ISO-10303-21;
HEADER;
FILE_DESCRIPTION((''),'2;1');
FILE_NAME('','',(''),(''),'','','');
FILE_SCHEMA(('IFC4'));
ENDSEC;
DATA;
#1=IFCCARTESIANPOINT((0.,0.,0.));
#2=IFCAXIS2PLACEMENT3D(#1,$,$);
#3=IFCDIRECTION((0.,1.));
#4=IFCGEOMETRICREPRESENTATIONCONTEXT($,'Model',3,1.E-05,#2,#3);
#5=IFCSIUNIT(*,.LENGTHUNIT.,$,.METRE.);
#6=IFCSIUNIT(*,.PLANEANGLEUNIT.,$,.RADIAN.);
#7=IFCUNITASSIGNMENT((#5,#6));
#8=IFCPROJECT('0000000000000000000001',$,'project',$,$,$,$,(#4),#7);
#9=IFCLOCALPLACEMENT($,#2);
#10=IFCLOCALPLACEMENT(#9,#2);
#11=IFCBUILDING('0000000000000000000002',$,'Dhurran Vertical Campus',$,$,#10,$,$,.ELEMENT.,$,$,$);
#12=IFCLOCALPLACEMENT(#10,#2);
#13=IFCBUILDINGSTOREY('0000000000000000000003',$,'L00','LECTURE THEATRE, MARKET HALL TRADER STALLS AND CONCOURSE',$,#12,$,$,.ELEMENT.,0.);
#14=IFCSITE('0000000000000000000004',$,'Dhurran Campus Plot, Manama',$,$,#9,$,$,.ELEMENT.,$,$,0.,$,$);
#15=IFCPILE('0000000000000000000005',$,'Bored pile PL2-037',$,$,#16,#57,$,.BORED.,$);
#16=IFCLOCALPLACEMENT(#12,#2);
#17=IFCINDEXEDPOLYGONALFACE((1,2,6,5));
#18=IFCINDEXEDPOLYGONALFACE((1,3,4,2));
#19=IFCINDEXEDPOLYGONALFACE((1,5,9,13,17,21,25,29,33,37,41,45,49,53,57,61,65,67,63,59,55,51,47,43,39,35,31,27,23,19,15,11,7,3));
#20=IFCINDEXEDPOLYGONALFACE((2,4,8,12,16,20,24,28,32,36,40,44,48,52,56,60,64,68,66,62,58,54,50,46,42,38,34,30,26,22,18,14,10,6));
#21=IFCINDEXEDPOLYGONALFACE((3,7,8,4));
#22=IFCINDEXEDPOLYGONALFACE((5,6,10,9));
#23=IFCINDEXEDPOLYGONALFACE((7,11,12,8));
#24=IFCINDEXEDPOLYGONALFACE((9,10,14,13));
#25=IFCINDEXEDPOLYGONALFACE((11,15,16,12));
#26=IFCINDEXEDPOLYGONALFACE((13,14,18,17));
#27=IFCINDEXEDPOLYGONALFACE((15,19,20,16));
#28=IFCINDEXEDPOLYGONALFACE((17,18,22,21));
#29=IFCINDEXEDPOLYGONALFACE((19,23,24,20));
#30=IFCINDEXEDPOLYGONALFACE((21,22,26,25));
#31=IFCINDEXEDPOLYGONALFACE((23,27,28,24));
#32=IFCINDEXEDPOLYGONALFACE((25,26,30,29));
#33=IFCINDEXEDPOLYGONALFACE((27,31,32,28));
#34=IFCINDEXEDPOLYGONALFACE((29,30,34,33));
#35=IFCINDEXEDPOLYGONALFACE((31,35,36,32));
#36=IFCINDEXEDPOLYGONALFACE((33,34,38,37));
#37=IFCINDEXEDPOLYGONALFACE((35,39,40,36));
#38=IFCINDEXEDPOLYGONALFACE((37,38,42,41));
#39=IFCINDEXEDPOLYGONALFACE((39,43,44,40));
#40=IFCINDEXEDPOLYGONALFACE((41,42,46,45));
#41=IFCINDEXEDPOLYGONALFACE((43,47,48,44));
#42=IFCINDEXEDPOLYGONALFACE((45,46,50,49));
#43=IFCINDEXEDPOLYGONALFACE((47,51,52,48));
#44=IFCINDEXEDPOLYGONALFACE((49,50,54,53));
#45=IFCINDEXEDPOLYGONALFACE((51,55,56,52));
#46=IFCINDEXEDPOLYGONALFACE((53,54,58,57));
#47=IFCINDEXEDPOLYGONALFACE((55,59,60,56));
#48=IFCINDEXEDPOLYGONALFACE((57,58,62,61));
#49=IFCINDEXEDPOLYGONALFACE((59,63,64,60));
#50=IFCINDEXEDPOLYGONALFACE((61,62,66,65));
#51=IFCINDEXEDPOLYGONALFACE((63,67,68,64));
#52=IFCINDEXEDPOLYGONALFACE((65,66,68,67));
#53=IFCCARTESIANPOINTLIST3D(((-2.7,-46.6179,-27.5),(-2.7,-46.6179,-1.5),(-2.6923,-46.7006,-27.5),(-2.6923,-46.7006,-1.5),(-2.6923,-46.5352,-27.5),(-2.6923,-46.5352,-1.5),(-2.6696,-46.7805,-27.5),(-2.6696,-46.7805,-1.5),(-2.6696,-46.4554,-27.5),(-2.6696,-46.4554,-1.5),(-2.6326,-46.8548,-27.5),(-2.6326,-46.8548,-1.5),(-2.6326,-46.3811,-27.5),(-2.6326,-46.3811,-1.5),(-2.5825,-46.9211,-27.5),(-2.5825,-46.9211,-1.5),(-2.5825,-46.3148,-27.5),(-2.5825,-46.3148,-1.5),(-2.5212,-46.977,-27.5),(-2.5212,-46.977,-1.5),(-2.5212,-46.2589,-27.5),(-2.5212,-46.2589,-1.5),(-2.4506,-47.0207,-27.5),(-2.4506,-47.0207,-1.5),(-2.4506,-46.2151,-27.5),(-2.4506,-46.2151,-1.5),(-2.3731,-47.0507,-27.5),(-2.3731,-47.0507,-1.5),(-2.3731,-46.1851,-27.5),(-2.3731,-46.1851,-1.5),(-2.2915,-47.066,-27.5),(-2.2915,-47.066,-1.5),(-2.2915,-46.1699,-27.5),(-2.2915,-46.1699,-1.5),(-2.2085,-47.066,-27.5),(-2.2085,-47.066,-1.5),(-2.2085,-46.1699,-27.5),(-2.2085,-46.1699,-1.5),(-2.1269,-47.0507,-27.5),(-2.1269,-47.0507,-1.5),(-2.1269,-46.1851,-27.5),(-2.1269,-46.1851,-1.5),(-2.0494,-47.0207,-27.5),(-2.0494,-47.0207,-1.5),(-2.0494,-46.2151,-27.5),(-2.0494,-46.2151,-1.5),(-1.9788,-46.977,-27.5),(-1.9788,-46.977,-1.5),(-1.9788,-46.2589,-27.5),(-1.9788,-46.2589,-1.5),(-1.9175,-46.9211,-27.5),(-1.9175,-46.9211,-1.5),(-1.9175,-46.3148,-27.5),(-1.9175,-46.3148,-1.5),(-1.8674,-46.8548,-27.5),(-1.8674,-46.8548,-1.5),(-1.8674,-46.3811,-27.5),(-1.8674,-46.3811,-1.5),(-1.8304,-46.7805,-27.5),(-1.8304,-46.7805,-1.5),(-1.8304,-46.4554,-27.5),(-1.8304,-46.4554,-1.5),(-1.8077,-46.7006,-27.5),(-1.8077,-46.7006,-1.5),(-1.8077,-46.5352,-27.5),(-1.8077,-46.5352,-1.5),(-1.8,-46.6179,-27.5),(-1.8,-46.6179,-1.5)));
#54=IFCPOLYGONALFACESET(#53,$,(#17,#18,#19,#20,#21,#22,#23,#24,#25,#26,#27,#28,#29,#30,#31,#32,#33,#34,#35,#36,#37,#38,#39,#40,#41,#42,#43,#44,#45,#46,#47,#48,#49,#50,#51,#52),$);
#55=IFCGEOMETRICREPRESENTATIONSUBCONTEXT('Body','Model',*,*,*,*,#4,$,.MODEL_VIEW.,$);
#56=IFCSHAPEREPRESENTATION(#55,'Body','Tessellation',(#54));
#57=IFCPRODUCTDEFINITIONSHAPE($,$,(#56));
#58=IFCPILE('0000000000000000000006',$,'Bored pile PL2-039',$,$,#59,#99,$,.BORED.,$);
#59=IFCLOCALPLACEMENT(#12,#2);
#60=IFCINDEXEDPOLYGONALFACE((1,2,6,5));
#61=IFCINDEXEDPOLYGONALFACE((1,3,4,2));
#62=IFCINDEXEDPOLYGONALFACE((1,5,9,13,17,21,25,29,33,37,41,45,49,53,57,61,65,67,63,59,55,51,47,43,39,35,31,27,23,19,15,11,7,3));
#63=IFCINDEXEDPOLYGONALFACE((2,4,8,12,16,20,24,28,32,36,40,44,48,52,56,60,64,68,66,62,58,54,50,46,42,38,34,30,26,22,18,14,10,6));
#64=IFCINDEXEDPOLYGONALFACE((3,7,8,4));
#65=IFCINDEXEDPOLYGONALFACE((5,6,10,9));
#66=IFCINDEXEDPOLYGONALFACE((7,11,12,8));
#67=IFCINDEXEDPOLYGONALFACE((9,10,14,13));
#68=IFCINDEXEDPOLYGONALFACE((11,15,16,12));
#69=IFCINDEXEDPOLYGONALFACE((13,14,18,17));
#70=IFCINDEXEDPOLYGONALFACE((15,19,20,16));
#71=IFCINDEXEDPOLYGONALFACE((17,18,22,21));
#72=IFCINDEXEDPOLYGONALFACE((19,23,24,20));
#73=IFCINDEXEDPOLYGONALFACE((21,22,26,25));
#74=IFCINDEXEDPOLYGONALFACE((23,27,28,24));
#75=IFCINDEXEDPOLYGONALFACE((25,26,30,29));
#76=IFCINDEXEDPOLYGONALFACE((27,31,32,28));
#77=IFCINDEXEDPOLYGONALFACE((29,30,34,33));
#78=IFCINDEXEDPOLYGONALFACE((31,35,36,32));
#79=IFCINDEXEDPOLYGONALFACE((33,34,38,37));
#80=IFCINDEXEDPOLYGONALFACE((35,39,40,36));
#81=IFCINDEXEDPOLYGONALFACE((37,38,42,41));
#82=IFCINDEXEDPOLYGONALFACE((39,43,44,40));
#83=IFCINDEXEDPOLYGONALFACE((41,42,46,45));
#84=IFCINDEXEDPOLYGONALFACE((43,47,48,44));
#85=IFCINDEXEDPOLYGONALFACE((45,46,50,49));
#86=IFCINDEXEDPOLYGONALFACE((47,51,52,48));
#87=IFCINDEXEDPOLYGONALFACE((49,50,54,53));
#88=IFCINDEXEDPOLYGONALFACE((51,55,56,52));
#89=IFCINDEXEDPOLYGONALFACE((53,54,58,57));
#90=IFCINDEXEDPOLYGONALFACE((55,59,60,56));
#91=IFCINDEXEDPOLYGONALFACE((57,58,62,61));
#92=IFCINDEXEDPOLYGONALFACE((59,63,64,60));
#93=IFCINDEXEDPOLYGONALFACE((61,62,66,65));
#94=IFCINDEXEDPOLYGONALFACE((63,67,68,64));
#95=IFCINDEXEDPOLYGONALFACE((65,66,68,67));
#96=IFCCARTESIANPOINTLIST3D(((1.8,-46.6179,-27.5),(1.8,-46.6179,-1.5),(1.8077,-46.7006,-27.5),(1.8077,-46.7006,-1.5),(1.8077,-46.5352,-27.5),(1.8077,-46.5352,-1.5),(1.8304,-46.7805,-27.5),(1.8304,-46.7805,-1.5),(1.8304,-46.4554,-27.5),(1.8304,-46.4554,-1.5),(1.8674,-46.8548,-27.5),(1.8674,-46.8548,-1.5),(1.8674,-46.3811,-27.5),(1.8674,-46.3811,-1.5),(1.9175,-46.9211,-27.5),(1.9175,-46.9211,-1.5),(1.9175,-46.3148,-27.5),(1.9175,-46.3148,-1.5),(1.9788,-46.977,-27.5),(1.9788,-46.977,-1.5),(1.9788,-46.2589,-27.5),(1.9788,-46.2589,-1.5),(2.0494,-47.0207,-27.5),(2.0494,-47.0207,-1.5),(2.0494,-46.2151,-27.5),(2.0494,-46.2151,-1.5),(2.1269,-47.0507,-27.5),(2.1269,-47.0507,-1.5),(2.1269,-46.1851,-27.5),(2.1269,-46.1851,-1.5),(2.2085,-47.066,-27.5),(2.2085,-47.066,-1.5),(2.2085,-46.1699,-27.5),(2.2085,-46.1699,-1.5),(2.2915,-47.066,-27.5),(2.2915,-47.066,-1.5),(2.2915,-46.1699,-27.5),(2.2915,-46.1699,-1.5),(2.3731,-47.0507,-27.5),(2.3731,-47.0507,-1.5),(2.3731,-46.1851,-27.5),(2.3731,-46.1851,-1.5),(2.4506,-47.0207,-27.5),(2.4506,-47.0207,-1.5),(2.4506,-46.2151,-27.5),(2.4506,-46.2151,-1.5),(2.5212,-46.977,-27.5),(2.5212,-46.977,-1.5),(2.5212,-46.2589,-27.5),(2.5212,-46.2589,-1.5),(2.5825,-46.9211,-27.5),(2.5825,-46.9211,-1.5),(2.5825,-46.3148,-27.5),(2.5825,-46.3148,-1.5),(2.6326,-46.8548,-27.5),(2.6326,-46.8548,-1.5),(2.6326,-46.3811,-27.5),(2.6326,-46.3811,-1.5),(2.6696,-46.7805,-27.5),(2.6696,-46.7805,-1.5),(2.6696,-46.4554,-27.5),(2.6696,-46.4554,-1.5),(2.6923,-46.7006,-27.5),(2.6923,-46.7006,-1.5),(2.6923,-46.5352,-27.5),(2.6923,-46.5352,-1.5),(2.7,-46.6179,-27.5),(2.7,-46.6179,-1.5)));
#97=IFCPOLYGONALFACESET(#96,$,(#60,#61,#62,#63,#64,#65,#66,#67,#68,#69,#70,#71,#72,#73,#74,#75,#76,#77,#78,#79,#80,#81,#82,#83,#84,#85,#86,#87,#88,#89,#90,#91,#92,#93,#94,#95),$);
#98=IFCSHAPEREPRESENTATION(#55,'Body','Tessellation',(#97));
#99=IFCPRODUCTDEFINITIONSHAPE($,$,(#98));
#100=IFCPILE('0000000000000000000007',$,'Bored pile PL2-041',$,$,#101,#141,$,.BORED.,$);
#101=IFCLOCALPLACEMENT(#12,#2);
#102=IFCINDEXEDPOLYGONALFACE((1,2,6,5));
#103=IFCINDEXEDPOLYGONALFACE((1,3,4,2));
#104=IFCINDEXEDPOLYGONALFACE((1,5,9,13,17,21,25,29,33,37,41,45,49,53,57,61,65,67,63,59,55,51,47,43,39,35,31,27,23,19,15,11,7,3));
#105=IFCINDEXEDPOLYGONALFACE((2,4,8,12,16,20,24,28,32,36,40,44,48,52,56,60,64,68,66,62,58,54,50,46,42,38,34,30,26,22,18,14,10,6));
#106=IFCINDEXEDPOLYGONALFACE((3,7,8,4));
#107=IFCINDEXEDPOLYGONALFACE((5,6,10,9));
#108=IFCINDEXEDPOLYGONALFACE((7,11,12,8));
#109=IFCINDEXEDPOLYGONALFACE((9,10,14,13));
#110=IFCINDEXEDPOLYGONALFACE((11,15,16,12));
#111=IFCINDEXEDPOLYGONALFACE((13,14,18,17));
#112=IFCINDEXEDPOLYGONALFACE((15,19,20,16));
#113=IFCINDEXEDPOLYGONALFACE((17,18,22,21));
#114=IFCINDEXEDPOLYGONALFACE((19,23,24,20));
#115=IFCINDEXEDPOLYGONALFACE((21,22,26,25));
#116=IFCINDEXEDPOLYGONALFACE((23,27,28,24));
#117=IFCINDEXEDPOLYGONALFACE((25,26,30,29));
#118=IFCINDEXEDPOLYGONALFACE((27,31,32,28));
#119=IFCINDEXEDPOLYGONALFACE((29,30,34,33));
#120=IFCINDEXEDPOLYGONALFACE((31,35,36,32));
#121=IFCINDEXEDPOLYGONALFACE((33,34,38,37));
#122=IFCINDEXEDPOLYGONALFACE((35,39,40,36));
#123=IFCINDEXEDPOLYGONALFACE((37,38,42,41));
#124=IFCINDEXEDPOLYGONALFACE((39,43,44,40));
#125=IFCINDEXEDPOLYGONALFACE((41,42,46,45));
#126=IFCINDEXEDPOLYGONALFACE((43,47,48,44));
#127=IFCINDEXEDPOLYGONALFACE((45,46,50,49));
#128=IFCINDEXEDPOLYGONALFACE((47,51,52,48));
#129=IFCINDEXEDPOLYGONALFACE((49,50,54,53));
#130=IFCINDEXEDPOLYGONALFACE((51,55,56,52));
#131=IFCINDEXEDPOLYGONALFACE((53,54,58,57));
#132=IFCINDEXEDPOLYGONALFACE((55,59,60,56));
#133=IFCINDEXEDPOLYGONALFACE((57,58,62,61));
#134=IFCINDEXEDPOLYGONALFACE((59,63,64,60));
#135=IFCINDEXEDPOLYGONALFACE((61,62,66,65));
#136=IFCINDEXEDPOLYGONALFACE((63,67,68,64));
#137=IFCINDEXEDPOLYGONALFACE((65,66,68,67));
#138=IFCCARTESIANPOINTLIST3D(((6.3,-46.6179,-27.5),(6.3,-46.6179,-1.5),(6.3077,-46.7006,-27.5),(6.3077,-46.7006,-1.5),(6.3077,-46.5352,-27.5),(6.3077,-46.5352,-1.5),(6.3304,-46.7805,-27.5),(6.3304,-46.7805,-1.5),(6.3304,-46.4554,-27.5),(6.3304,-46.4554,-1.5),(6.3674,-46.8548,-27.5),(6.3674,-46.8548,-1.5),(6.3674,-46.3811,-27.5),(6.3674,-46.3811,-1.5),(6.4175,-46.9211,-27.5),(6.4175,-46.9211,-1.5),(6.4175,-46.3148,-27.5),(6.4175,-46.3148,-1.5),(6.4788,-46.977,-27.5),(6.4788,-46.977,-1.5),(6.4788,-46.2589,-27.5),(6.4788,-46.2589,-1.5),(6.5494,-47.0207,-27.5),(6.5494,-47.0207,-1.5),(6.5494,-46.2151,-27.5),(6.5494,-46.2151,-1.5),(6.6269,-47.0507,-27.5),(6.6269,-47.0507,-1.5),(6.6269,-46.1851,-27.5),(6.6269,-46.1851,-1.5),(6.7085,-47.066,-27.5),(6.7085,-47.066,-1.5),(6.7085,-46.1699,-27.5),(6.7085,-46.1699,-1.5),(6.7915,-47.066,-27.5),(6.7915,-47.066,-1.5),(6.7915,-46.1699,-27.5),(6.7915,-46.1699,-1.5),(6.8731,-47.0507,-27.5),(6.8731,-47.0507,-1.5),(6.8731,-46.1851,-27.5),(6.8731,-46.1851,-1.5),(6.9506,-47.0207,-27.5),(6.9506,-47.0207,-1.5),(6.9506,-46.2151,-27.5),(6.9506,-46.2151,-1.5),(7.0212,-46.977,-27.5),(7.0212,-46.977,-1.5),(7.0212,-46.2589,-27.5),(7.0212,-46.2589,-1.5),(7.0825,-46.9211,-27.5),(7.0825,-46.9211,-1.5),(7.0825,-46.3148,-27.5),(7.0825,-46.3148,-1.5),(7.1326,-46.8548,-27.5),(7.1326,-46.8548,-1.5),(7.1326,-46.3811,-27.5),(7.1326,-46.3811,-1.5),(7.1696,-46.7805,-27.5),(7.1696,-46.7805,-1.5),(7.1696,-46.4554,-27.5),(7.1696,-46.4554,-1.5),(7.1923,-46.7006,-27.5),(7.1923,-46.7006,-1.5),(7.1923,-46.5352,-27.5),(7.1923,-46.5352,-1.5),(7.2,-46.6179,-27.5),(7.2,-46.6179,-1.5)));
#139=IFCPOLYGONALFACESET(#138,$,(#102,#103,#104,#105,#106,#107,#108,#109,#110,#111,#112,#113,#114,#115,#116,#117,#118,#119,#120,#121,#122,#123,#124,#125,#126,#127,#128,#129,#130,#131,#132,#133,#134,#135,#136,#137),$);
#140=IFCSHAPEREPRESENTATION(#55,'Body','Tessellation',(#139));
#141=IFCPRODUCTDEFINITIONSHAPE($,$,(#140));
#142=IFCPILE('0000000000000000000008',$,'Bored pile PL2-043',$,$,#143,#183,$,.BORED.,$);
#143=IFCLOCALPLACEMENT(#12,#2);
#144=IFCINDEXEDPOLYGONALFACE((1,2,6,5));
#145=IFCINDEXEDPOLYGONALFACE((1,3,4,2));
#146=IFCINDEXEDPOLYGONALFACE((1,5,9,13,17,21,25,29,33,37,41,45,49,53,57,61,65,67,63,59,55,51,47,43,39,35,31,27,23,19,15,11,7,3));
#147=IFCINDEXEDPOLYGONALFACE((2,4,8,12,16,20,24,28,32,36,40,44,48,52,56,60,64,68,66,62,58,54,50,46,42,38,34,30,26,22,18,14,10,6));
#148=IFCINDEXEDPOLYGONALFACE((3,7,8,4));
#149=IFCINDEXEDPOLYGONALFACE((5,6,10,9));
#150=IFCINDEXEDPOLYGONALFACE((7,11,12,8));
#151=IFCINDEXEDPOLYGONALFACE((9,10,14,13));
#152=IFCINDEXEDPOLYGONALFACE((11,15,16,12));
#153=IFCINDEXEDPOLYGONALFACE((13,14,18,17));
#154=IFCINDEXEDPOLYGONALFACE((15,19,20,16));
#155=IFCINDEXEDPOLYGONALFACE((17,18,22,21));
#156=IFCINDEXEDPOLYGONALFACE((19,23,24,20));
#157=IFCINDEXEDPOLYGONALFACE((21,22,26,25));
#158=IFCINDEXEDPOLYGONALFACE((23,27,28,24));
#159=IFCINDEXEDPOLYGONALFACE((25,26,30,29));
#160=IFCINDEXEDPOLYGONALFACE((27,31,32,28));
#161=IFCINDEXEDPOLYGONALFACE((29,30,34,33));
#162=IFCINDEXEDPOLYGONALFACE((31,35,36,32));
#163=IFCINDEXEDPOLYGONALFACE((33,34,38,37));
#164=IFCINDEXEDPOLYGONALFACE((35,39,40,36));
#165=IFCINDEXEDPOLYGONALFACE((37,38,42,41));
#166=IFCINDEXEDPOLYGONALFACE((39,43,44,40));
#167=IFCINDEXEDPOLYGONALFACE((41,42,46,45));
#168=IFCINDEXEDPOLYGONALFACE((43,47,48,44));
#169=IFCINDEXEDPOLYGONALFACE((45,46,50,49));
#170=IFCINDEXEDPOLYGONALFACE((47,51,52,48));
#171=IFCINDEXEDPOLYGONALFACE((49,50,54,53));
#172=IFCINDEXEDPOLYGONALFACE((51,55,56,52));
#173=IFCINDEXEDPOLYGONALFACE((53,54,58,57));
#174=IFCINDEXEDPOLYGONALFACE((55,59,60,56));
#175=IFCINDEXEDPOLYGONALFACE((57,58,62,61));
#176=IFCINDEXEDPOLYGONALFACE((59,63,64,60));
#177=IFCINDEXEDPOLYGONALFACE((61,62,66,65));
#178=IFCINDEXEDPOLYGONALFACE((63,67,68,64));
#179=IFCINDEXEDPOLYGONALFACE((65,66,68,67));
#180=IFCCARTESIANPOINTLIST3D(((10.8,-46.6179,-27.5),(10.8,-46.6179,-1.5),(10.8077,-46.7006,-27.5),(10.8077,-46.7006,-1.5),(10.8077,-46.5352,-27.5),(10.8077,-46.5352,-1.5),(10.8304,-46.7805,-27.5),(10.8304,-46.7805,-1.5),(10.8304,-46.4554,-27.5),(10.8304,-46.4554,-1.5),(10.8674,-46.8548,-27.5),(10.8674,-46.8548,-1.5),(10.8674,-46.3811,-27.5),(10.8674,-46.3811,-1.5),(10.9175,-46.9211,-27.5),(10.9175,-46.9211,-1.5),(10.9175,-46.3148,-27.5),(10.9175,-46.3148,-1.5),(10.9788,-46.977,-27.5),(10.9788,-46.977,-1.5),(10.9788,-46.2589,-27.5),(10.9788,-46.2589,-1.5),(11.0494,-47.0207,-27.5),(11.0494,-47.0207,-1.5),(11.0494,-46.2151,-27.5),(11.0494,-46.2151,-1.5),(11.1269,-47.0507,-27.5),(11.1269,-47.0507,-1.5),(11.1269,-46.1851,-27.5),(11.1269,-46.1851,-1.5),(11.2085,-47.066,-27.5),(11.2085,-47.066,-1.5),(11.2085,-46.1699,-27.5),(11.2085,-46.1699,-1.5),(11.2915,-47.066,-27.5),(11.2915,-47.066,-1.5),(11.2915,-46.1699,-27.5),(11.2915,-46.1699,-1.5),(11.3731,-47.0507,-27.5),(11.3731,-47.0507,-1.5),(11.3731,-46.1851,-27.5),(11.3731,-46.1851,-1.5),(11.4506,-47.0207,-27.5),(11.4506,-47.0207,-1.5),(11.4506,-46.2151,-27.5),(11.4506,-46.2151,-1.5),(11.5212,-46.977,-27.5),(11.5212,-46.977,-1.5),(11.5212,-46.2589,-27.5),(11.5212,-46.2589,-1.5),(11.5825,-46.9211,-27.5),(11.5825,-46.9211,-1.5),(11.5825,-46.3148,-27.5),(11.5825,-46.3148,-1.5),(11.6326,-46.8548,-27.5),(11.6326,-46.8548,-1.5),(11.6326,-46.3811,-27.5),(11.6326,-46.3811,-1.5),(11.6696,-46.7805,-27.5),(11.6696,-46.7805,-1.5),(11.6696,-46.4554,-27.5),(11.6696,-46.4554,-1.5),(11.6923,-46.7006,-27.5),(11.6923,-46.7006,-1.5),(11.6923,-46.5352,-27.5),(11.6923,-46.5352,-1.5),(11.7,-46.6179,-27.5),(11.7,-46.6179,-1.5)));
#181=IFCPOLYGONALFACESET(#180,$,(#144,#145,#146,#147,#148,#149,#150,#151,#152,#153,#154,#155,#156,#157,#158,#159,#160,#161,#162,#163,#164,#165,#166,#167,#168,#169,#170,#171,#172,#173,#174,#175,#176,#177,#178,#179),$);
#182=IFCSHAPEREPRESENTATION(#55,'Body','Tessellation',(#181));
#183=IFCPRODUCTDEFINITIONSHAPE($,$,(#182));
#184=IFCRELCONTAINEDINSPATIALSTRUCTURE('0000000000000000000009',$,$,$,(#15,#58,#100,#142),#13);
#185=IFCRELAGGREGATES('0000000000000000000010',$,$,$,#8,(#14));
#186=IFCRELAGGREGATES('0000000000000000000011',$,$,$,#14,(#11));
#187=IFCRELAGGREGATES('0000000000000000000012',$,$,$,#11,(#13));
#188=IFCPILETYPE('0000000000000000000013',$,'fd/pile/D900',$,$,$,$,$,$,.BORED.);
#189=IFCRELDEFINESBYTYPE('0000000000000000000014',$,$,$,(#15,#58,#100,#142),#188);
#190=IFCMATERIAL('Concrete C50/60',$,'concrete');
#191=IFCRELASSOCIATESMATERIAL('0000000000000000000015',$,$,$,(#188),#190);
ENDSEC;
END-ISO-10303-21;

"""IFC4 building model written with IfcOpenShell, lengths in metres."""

from ifc_helpers import new_model, si_unit, direction, frame, origin, origin_2d, place, context, subcontext, project, spatial, circle, extrude, material, material_profile, profile_set, type_object, element, save


model = new_model("IFC4")

# Units and contexts
model_context = context("Model", 3, precision=1e-05, world=origin(), true_north=direction((0.0, 1.0)))
body_context = subcontext(model_context, "Body", "Model", "MODEL_VIEW")
ifc_project = project(units=[si_unit("LENGTHUNIT", "METRE"), si_unit("PLANEANGLEUNIT", "RADIAN")], contexts=[model_context])

# Site, building, storey
site_placement = place(None, origin())
site = spatial("IfcSite", under=ifc_project, at=site_placement, Name="Dhurran Campus Plot, Manama", CompositionType="ELEMENT", RefElevation=0.0)
building_placement = place(site_placement, origin())
building = spatial("IfcBuilding", under=site, at=building_placement, Name="Dhurran Vertical Campus", CompositionType="ELEMENT")
storey_placement = place(building_placement, origin())
storey = spatial("IfcBuildingStorey", under=building, at=storey_placement, Name="L00", Description="LECTURE THEATRE, MARKET HALL TRADER STALLS AND CONCOURSE", CompositionType="ELEMENT", Elevation=0.0)

# Piles
ifc_material_1 = material(Name="Concrete C50/60", Category="concrete")
ifc_material_profile_1 = material_profile(ifc_material_1, circle(Radius=0.45, at=origin_2d()), Name="fd/pile/D900")
ifc_profile_set_1 = profile_set([ifc_material_profile_1], Name="Concrete C50/60")
pile_type = type_object("IfcPileType", Name="fd/pile/D900", PredefinedType="BORED", material=ifc_profile_set_1)
for number, where, z_axis, x_axis, name in (
    (1, (-2.25, -46.6179, -1.5), (0.0, 0.0, -1.0), (1.0, 0.0, 0.0), "Bored pile PL2-037"),
    (2, (2.25, -46.6179, -1.5), (0.0, 0.0, -1.0), (1.0, 0.0, 0.0), "Bored pile PL2-039"),
    (3, (6.75, -46.6179, -1.5), (0.0, 0.0, -1.0), (1.0, 0.0, 0.0), "Bored pile PL2-041"),
    (4, (11.25, -46.6179, -1.5), (0.0, 0.0, -1.0), (1.0, 0.0, 0.0), "Bored pile PL2-043"),
):
    element("IfcPile", number, at=place(storey_placement, frame(where, z_axis=z_axis, x_axis=x_axis)), inside=storey, type_object=pile_type, Name=name, PredefinedType="BORED", context=body_context, shape_type="SweptSolid", body=[
        extrude(circle(Radius=0.45, at=origin_2d()), origin(), (0.0, 0.0, 1.0), 26.0),
    ])

save(model, "model.ifc")
